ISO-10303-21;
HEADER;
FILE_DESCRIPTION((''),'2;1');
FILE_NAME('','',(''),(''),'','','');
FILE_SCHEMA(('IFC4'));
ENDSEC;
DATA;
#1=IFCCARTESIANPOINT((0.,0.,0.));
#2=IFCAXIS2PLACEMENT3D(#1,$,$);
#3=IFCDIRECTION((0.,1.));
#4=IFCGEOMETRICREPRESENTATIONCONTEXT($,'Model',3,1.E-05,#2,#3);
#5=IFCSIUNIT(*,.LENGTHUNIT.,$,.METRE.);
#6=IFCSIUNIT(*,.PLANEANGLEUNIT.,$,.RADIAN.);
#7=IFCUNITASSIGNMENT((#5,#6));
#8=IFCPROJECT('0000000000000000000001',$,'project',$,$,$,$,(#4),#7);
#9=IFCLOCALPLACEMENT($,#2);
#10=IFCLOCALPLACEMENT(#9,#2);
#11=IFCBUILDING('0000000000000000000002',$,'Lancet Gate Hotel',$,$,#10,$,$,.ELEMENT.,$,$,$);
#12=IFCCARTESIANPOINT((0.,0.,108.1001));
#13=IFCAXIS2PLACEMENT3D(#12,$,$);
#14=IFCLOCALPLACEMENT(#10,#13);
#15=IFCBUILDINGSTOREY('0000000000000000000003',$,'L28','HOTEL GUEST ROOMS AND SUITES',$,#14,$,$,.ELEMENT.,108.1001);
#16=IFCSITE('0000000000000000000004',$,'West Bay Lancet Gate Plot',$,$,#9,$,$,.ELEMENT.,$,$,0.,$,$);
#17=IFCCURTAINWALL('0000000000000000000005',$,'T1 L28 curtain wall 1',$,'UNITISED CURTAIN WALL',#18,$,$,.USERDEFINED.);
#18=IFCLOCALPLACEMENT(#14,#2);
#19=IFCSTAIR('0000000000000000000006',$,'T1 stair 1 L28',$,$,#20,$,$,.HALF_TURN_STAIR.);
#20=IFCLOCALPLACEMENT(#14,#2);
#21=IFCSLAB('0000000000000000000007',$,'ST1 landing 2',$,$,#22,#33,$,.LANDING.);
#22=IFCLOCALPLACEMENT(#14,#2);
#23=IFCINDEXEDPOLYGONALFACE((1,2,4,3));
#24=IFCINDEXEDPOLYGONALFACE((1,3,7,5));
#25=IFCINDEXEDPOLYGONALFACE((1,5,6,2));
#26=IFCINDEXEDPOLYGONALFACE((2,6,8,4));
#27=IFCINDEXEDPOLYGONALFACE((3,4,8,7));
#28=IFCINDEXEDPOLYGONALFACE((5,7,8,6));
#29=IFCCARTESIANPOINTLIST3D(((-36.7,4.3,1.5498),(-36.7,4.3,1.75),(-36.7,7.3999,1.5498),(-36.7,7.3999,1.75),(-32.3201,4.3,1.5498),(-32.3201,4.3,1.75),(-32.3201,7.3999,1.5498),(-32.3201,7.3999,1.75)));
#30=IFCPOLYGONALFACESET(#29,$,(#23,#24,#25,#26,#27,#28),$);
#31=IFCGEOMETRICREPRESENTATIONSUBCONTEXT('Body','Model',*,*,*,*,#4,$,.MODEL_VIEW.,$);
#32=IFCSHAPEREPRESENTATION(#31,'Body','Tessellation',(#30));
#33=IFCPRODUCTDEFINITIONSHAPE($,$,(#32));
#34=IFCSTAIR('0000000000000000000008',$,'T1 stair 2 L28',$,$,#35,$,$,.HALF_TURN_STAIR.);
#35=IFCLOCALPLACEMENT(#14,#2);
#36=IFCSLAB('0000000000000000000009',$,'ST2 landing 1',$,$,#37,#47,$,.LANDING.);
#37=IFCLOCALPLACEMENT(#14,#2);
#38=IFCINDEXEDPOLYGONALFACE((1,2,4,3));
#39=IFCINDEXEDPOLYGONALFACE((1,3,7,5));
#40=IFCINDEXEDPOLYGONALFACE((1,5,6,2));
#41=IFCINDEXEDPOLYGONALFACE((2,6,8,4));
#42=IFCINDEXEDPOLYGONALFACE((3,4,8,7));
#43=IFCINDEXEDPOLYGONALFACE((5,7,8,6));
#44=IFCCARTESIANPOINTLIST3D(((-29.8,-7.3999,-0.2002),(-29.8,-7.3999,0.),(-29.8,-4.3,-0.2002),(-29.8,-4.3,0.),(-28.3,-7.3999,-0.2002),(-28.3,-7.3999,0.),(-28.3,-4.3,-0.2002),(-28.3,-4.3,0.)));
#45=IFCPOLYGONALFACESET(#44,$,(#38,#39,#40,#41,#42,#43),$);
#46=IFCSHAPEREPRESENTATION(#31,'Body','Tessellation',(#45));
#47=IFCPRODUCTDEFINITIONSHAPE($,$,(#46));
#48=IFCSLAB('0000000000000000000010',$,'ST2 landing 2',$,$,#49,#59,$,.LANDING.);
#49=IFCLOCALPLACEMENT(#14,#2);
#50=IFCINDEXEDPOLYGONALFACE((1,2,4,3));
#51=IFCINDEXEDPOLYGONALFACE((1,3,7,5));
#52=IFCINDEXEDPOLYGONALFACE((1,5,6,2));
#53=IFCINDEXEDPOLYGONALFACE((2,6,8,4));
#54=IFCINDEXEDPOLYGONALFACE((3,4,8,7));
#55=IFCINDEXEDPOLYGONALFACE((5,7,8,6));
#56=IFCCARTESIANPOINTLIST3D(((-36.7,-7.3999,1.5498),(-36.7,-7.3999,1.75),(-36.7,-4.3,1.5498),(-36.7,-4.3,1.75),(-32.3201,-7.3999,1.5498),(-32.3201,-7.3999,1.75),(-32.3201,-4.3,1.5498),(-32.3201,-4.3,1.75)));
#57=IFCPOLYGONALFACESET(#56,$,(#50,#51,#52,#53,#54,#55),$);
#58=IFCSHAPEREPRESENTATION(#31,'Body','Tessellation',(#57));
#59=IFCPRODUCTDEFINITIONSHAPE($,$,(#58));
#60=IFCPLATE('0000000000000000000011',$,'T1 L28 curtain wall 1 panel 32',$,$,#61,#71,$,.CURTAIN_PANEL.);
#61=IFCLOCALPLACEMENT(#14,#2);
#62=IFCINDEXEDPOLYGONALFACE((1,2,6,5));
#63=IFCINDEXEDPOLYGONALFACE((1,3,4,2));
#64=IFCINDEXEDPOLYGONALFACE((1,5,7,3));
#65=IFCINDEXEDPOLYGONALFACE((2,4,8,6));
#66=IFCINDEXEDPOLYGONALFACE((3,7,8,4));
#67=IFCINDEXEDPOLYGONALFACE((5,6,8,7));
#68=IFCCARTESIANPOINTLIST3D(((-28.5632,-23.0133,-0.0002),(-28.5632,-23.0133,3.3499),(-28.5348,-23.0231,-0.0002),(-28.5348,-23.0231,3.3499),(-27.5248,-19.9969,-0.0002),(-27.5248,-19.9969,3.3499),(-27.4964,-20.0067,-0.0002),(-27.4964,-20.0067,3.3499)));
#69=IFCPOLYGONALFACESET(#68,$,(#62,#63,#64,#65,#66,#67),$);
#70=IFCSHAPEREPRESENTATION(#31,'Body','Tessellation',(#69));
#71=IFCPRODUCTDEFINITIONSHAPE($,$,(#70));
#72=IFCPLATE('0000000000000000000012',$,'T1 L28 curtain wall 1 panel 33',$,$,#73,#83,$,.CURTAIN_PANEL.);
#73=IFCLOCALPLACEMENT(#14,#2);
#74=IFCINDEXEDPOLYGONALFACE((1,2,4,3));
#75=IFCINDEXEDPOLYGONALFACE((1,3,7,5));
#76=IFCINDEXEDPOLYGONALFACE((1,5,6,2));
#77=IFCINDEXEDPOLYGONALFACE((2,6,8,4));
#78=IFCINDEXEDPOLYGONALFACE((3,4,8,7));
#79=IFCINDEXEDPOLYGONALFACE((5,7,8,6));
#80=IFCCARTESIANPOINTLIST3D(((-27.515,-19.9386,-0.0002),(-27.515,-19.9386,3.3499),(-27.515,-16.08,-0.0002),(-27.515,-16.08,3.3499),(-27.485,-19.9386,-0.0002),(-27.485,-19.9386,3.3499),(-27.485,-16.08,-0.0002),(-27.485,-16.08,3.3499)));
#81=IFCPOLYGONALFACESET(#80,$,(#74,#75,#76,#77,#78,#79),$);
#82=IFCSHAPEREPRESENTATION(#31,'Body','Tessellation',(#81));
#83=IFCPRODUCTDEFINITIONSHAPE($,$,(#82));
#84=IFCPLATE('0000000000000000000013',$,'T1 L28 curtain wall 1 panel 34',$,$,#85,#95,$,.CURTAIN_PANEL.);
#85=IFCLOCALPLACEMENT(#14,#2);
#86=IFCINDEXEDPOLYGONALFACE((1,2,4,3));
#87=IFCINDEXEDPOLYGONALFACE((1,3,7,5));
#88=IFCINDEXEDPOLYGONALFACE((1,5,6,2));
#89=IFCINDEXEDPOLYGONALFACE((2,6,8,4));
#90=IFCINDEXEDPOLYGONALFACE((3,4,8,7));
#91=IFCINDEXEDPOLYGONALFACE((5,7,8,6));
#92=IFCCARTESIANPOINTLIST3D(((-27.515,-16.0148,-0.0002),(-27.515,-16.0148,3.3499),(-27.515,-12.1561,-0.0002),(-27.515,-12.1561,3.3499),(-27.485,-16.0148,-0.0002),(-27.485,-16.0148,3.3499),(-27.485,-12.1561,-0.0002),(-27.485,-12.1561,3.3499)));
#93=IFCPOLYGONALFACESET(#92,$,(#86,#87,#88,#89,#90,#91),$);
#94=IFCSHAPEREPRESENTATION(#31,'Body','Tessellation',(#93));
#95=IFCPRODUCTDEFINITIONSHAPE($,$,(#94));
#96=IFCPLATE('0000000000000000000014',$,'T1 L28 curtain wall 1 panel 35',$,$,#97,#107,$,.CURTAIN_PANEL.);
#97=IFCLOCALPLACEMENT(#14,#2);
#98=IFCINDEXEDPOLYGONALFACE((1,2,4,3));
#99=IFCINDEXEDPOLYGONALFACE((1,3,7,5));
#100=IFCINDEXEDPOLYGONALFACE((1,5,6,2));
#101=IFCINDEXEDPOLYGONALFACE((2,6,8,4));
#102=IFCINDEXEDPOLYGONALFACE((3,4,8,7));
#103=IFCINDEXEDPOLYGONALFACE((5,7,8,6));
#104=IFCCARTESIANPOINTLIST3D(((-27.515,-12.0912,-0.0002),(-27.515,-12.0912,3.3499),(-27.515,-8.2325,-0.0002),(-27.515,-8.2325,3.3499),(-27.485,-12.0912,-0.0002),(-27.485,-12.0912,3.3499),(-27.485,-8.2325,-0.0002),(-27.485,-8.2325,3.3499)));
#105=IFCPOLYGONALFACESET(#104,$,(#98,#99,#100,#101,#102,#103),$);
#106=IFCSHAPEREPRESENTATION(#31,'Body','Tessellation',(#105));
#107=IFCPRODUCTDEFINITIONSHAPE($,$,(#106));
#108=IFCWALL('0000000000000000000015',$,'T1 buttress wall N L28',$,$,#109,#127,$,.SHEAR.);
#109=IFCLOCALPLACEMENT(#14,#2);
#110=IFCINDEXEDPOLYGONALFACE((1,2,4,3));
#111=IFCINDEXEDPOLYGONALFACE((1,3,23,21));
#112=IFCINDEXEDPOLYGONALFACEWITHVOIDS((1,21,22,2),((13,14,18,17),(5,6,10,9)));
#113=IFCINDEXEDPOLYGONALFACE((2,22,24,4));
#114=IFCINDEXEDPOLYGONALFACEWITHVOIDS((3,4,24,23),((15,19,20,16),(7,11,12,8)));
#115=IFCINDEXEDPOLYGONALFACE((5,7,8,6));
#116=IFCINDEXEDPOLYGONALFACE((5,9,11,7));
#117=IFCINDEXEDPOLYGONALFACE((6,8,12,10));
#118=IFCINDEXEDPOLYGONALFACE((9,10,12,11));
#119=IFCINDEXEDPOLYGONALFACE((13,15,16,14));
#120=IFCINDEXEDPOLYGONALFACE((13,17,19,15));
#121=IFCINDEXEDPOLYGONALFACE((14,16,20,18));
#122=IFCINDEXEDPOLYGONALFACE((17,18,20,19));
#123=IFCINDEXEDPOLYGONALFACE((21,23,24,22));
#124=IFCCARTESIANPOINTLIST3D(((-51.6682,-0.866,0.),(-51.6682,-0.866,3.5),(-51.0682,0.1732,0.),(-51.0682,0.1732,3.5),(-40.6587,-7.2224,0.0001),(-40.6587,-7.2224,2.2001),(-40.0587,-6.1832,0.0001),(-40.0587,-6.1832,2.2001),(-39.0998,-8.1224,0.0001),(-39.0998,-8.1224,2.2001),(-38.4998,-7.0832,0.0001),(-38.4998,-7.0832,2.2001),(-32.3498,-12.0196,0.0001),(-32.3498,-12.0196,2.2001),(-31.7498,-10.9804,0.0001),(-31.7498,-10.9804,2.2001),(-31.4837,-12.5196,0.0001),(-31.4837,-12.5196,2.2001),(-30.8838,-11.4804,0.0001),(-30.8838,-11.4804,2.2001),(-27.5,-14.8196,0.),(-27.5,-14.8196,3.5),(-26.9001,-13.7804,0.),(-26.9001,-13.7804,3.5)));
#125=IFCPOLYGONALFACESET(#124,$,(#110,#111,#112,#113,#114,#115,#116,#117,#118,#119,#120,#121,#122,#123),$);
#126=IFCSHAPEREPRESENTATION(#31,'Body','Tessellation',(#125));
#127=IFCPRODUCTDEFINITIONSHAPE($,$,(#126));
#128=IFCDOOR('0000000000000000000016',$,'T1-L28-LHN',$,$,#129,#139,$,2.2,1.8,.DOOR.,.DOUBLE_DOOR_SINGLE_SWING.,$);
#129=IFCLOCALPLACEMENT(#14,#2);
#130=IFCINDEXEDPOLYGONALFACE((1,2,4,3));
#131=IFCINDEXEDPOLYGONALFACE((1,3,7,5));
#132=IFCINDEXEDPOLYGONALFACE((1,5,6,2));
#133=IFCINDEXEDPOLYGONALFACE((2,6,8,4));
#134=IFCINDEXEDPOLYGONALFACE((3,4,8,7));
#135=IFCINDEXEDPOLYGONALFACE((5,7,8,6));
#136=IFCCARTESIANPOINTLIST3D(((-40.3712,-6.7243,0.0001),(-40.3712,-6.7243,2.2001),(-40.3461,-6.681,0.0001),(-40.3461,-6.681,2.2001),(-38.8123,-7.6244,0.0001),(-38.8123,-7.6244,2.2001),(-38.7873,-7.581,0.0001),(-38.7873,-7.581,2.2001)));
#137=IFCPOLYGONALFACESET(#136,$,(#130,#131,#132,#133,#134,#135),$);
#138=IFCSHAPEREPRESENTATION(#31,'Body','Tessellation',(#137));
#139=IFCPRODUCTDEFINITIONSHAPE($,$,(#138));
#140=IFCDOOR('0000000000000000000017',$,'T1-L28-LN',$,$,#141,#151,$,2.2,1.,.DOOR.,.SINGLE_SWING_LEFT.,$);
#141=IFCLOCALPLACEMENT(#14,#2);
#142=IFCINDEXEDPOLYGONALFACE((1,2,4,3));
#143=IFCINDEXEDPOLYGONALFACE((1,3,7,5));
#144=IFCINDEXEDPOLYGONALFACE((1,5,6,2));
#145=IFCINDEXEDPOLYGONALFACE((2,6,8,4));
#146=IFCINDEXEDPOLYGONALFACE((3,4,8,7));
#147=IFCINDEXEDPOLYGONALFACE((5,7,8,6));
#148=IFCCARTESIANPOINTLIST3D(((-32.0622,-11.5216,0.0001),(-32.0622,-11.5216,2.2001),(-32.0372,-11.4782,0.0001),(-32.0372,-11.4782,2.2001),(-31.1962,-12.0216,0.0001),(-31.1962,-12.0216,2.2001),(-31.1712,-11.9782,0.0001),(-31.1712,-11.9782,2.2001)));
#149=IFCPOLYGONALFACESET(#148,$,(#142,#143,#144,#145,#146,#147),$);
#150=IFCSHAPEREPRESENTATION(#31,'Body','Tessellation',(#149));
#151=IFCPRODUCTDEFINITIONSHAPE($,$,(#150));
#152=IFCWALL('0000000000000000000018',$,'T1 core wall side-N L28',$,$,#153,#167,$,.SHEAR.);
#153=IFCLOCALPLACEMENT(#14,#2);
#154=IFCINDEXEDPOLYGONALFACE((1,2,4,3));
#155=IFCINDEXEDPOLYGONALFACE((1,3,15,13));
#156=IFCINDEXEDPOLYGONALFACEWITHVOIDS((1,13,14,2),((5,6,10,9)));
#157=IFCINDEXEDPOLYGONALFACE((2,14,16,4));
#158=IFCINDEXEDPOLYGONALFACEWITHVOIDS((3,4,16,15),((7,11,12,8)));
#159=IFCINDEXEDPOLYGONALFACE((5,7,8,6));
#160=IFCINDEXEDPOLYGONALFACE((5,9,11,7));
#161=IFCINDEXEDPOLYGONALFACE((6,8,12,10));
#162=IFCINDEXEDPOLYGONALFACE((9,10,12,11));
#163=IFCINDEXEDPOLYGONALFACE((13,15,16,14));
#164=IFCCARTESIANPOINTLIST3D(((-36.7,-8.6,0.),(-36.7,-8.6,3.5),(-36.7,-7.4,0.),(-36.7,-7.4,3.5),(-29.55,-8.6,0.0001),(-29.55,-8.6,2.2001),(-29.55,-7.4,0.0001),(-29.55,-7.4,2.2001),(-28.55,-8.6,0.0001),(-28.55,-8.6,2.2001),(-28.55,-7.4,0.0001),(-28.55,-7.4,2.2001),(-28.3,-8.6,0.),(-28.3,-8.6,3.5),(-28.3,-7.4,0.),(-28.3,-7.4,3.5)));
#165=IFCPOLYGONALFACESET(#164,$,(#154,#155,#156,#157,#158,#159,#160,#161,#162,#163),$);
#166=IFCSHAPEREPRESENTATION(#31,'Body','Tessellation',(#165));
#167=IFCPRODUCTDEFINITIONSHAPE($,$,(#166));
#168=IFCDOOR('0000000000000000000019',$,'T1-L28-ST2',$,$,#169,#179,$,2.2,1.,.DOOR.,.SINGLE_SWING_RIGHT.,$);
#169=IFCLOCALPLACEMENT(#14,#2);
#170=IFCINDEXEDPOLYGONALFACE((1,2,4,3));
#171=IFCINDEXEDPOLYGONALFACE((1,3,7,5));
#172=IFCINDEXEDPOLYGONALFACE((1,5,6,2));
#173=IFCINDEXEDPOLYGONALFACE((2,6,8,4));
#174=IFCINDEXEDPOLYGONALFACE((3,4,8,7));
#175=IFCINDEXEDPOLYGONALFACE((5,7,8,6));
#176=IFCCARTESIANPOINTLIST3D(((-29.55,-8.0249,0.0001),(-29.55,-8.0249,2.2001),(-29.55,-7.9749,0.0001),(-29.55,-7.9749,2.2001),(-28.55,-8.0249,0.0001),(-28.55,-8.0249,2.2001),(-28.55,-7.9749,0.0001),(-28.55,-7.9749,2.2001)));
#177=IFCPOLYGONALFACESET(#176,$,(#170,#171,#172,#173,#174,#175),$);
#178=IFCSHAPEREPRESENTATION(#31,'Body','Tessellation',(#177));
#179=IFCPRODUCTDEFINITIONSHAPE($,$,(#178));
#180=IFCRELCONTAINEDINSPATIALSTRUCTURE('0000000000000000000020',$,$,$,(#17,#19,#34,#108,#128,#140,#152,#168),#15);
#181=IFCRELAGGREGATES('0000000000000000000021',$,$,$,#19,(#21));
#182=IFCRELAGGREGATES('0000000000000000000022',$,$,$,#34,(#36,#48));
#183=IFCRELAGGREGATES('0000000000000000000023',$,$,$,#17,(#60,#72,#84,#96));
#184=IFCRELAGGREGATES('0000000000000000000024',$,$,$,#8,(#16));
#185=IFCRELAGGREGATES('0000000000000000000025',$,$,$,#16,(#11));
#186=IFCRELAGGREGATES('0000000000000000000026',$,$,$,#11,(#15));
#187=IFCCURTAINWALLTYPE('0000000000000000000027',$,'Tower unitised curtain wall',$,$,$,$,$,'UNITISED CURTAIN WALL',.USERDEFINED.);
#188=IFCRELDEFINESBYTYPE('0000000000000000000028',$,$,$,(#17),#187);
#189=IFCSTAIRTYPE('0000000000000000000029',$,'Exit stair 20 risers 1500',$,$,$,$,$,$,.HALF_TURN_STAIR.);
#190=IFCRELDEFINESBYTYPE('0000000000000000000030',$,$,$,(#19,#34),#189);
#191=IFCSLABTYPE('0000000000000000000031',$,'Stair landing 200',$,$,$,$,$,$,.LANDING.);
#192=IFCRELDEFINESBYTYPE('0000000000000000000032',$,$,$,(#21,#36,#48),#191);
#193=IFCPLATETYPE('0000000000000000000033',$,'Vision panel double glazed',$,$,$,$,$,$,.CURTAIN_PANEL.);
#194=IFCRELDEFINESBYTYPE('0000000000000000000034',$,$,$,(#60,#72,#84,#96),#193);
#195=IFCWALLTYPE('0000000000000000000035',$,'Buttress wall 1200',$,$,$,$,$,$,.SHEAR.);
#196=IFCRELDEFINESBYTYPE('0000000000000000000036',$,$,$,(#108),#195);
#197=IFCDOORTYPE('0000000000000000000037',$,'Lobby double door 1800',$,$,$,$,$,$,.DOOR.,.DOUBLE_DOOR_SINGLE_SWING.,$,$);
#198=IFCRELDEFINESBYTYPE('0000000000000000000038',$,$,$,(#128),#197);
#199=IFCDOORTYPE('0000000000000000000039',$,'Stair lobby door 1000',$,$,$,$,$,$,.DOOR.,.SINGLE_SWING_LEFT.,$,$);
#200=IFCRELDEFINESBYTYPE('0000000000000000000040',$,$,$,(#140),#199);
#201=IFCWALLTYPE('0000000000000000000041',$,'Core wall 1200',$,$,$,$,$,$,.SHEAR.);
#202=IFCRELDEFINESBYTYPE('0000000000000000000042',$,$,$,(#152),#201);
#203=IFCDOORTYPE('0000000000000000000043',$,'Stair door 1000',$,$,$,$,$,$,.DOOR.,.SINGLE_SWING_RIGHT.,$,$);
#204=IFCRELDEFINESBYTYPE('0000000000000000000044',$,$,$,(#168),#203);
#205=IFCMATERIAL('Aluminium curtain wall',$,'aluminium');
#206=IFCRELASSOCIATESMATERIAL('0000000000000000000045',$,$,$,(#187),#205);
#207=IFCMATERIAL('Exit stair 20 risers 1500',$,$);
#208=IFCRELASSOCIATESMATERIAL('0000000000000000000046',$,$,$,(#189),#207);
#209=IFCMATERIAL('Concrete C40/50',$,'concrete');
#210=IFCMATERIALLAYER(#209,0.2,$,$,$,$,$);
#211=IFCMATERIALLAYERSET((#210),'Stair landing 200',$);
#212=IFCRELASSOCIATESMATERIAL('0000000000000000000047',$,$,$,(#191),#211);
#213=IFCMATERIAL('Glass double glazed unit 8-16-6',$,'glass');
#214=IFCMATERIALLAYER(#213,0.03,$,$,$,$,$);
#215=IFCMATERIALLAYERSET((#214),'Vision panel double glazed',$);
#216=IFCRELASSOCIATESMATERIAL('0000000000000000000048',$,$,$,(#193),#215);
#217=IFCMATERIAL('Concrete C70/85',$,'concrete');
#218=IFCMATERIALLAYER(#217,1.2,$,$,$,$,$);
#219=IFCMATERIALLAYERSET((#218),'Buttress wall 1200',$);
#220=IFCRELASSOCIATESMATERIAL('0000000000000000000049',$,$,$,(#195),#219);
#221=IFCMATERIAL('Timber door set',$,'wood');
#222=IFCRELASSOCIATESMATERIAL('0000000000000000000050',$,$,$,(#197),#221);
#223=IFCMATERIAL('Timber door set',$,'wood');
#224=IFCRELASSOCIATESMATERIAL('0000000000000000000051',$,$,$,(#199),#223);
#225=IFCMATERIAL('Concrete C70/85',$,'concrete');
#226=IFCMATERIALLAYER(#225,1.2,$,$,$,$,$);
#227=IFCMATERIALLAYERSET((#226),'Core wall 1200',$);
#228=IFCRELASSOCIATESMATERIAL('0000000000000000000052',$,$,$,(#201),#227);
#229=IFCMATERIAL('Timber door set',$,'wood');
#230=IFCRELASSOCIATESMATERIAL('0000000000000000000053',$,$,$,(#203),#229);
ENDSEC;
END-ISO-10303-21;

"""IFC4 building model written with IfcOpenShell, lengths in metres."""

from ifc_helpers import new_model, si_unit, direction, frame, frame_2d, origin, origin_2d, place, context, subcontext, project, spatial, polyline, rectangle, outline, extrude, material, layer, layer_set, type_object, element, fill, aggregate, save


model = new_model("IFC4")

# Units and contexts
model_context = context("Model", 3, precision=1e-05, world=origin(), true_north=direction((0.0, 1.0)))
body_context = subcontext(model_context, "Body", "Model", "MODEL_VIEW")
ifc_project = project(units=[si_unit("LENGTHUNIT", "METRE"), si_unit("PLANEANGLEUNIT", "RADIAN")], contexts=[model_context])

# Site, building, storey
site_placement = place(None, origin())
site = spatial("IfcSite", under=ifc_project, at=site_placement, Name="West Bay Lancet Gate Plot", CompositionType="ELEMENT", RefElevation=0.0)
building_placement = place(site_placement, origin())
building = spatial("IfcBuilding", under=site, at=building_placement, Name="Lancet Gate Hotel", CompositionType="ELEMENT")
storey_placement = place(building_placement, frame((0.0, 0.0, 108.1001)))
storey = spatial("IfcBuildingStorey", under=building, at=storey_placement, Name="L28", Description="HOTEL GUEST ROOMS AND SUITES", CompositionType="ELEMENT", Elevation=108.1001)

# Curtain wall
ifc_material_1 = material(Name="Aluminium curtain wall", Category="aluminium")
curtain_wall_type = type_object("IfcCurtainWallType", Name="Tower unitised curtain wall", ElementType="UNITISED CURTAIN WALL", PredefinedType="USERDEFINED", material=ifc_material_1)
curtain_wall_placement = place(storey_placement, origin())
curtain_wall = element("IfcCurtainWall", 1, at=curtain_wall_placement, inside=storey, type_object=curtain_wall_type, Name="T1 L28 curtain wall 1", ObjectType="UNITISED CURTAIN WALL", PredefinedType="USERDEFINED")

# Stairs, slabs
ifc_material_2 = material(Name="Exit stair 20 risers 1500")
stair_type = type_object("IfcStairType", Name="Exit stair 20 risers 1500", PredefinedType="HALF_TURN_STAIR", material=ifc_material_2)
stair_1_placement = place(storey_placement, origin())
stair_1 = element("IfcStair", 2, at=stair_1_placement, inside=storey, type_object=stair_type, Name="T1 stair 1 L28", PredefinedType="HALF_TURN_STAIR")
ifc_material_3 = material(Name="Concrete C40/50", Category="concrete")
ifc_layer_1 = layer(ifc_material_3, 0.2)
ifc_layer_set_1 = layer_set([ifc_layer_1], Name="Stair landing 200")
slab_type_1 = type_object("IfcSlabType", Name="Stair landing 200", PredefinedType="LANDING", material=ifc_layer_set_1)
slab_1_placement = place(storey_placement, frame((0.0, 0.0, 1.5498)))
slab_1 = element("IfcSlab", 3, at=slab_1_placement, type_object=slab_type_1, Name="ST1 landing 2", PredefinedType="LANDING", context=body_context, shape_type="SweptSolid", body=[
    extrude(outline(polyline([(-32.3201, 7.3999), (-36.7, 7.3999), (-36.7, 4.3), (-32.3201, 4.3), (-32.3201, 7.3999)])), origin(), (0.0, 0.0, 1.0), 0.2002),
])
aggregate(stair_1, [slab_1])
stair_2_placement = place(storey_placement, origin())
stair_2 = element("IfcStair", 4, at=stair_2_placement, inside=storey, type_object=stair_type, Name="T1 stair 2 L28", PredefinedType="HALF_TURN_STAIR")
slab_2_placement = place(storey_placement, frame((0.0, 0.0, -0.2002)))
slab_2 = element("IfcSlab", 5, at=slab_2_placement, type_object=slab_type_1, Name="ST2 landing 1", PredefinedType="LANDING", context=body_context, shape_type="SweptSolid", body=[
    extrude(outline(polyline([(-28.3, -4.3), (-29.8, -4.3), (-29.8, -7.3999), (-28.3, -7.3999), (-28.3, -4.3)])), origin(), (0.0, 0.0, 1.0), 0.2002),
])
slab_3_placement = place(storey_placement, frame((0.0, 0.0, 1.5498)))
slab_3 = element("IfcSlab", 6, at=slab_3_placement, type_object=slab_type_1, Name="ST2 landing 2", PredefinedType="LANDING", context=body_context, shape_type="SweptSolid", body=[
    extrude(outline(polyline([(-32.3201, -4.3), (-36.7, -4.3), (-36.7, -7.3999), (-32.3201, -7.3999), (-32.3201, -4.3)])), origin(), (0.0, 0.0, 1.0), 0.2002),
])
aggregate(stair_2, [slab_2, slab_3])

# Plates
ifc_material_4 = material(Name="Glass double glazed unit 8-16-6", Category="glass")
ifc_layer_2 = layer(ifc_material_4, 0.03)
ifc_layer_set_2 = layer_set([ifc_layer_2], Name="Vision panel double glazed")
plate_type = type_object("IfcPlateType", Name="Vision panel double glazed", PredefinedType="CURTAIN_PANEL", material=ifc_layer_set_2)
plate_1_placement = place(storey_placement, frame((-28.0298, -21.51, -0.0002), z_axis=(0.0, 0.0, 1.0), x_axis=(0.325516, 0.945537, 0.0)))
plate_1 = element("IfcPlate", 7, at=plate_1_placement, type_object=plate_type, Name="T1 L28 curtain wall 1 panel 32", PredefinedType="CURTAIN_PANEL", context=body_context, shape_type="SweptSolid", body=[
    extrude(rectangle(XDim=3.1902, YDim=0.03, at=origin_2d()), origin(), (0.0, 0.0, 1.0), 3.3501),
])
plate_2_placement = place(storey_placement, frame((-27.5, -18.0093, -0.0002), z_axis=(0.0, 0.0, 1.0), x_axis=(0.0, 1.0, 0.0)))
plate_2 = element("IfcPlate", 8, at=plate_2_placement, type_object=plate_type, Name="T1 L28 curtain wall 1 panel 33", PredefinedType="CURTAIN_PANEL", context=body_context, shape_type="SweptSolid", body=[
    extrude(rectangle(XDim=3.8586, YDim=0.03, at=origin_2d()), origin(), (0.0, 0.0, 1.0), 3.3501),
])
plate_3_placement = place(storey_placement, frame((-27.5, -14.0854, -0.0002), z_axis=(0.0, 0.0, 1.0), x_axis=(0.0, 1.0, 0.0)))
plate_3 = element("IfcPlate", 9, at=plate_3_placement, type_object=plate_type, Name="T1 L28 curtain wall 1 panel 34", PredefinedType="CURTAIN_PANEL", context=body_context, shape_type="SweptSolid", body=[
    extrude(rectangle(XDim=3.8586, YDim=0.03, at=origin_2d()), origin(), (0.0, 0.0, 1.0), 3.3501),
])
plate_4_placement = place(storey_placement, frame((-27.5, -10.1619, -0.0002), z_axis=(0.0, 0.0, 1.0), x_axis=(0.0, 1.0, 0.0)))
plate_4 = element("IfcPlate", 10, at=plate_4_placement, type_object=plate_type, Name="T1 L28 curtain wall 1 panel 35", PredefinedType="CURTAIN_PANEL", context=body_context, shape_type="SweptSolid", body=[
    extrude(rectangle(XDim=3.8586, YDim=0.03, at=origin_2d()), origin(), (0.0, 0.0, 1.0), 3.3501),
])
aggregate(curtain_wall, [plate_1, plate_2, plate_3, plate_4])

# Wall, openings, doors
ifc_material_5 = material(Name="Concrete C70/85", Category="concrete")
ifc_layer_3 = layer(ifc_material_5, 1.2)
ifc_layer_set_3 = layer_set([ifc_layer_3], Name="Buttress wall 1200")
wall_type_1 = type_object("IfcWallType", Name="Buttress wall 1200", PredefinedType="SHEAR", material=ifc_layer_set_3)
wall_1_placement = place(storey_placement, frame((-27.2, -14.3, 0.0), z_axis=(0.0, 0.0, 1.0), x_axis=(-0.866024, 0.500002, 0.0)))
wall_1 = element("IfcWall", 11, at=wall_1_placement, inside=storey, type_object=wall_type_1, Name="T1 buttress wall N L28", PredefinedType="SHEAR", context=body_context, shape_type="SweptSolid", body=[
    extrude(rectangle(XDim=27.907, YDim=1.2, at=frame_2d((13.9536, 0.0))), origin(), (0.0, 0.0, 1.0), 3.5),
])
opening_1_placement = place(wall_1_placement, frame((4.6001, 0.0, 0.0)))
opening_1 = element("IfcOpeningElement", 12, at=opening_1_placement, cuts=wall_1, PredefinedType="OPENING", context=body_context, shape_type="SweptSolid", body=[
    extrude(rectangle(XDim=1.0, YDim=2.2, at=frame_2d((0.5, 1.1001))), frame((0.0, 0.6099, 0.0), z_axis=(0.0, -1.0, 0.0), x_axis=(1.0, 0.0, 0.0)), (0.0, 0.0, 1.0), 1.22),
])
opening_2_placement = place(wall_1_placement, frame((13.3945, 0.0, 0.0)))
opening_2 = element("IfcOpeningElement", 13, at=opening_2_placement, cuts=wall_1, PredefinedType="OPENING", context=body_context, shape_type="SweptSolid", body=[
    extrude(rectangle(XDim=1.8, YDim=2.2, at=frame_2d((0.8999, 1.1001))), frame((0.0, 0.6099, 0.0), z_axis=(0.0, -1.0, 0.0), x_axis=(1.0, 0.0, 0.0)), (0.0, 0.0, 1.0), 1.22),
])
ifc_material_6 = material(Name="Timber door set", Category="wood")
door_type_1 = type_object("IfcDoorType", Name="Lobby double door 1800", OperationType="DOUBLE_DOOR_SINGLE_SWING", PredefinedType="DOOR", material=ifc_material_6)
door_1_placement = place(opening_2_placement, origin())
door_1 = element("IfcDoor", 14, at=door_1_placement, inside=storey, type_object=door_type_1, Name="T1-L28-LHN", OperationType="DOUBLE_DOOR_SINGLE_SWING", OverallHeight=2.2, OverallWidth=1.8, PredefinedType="DOOR", context=body_context, shape_type="SweptSolid", body=[
    extrude(rectangle(XDim=1.8, YDim=2.2, at=frame_2d((0.8999, 1.1001))), frame((0.0, 0.0249, 0.0), z_axis=(0.0, -1.0, 0.0), x_axis=(1.0, 0.0, 0.0)), (0.0, 0.0, 1.0), 0.05),
])
fill(opening_2, door_1)
ifc_material_7 = material(Name="Timber door set", Category="wood")
door_type_2 = type_object("IfcDoorType", Name="Stair lobby door 1000", OperationType="SINGLE_SWING_LEFT", PredefinedType="DOOR", material=ifc_material_7)
door_2_placement = place(opening_1_placement, origin())
door_2 = element("IfcDoor", 15, at=door_2_placement, inside=storey, type_object=door_type_2, Name="T1-L28-LN", OperationType="SINGLE_SWING_LEFT", OverallHeight=2.2, OverallWidth=1.0, PredefinedType="DOOR", context=body_context, shape_type="SweptSolid", body=[
    extrude(rectangle(XDim=1.0, YDim=2.2, at=frame_2d((0.5, 1.1001))), frame((0.0, 0.0249, 0.0), z_axis=(0.0, -1.0, 0.0), x_axis=(1.0, 0.0, 0.0)), (0.0, 0.0, 1.0), 0.05),
])
fill(opening_1, door_2)

# Wall, opening, door
ifc_material_8 = material(Name="Concrete C70/85", Category="concrete")
ifc_layer_4 = layer(ifc_material_8, 1.2)
ifc_layer_set_4 = layer_set([ifc_layer_4], Name="Core wall 1200")
wall_type_2 = type_object("IfcWallType", Name="Core wall 1200", PredefinedType="SHEAR", material=ifc_layer_set_4)
wall_2_placement = place(storey_placement, frame((-28.3, -8.0, 0.0), z_axis=(0.0, 0.0, 1.0), x_axis=(-1.0, 0.0, 0.0)))
wall_2 = element("IfcWall", 16, at=wall_2_placement, inside=storey, type_object=wall_type_2, Name="T1 core wall side-N L28", PredefinedType="SHEAR", context=body_context, shape_type="SweptSolid", body=[
    extrude(rectangle(XDim=8.3999, YDim=1.2, at=frame_2d((4.2, 0.0))), origin(), (0.0, 0.0, 1.0), 3.5),
])
opening_3_placement = place(wall_2_placement, frame((0.25, 0.0, 0.0)))
opening_3 = element("IfcOpeningElement", 17, at=opening_3_placement, cuts=wall_2, PredefinedType="OPENING", context=body_context, shape_type="SweptSolid", body=[
    extrude(rectangle(XDim=1.0, YDim=2.2, at=frame_2d((0.5, 1.1001))), frame((0.0, 0.6099, 0.0), z_axis=(0.0, -1.0, 0.0), x_axis=(1.0, 0.0, 0.0)), (0.0, 0.0, 1.0), 1.22),
])
ifc_material_9 = material(Name="Timber door set", Category="wood")
door_type_3 = type_object("IfcDoorType", Name="Stair door 1000", OperationType="SINGLE_SWING_RIGHT", PredefinedType="DOOR", material=ifc_material_9)
door_3_placement = place(opening_3_placement, origin())
door_3 = element("IfcDoor", 18, at=door_3_placement, inside=storey, type_object=door_type_3, Name="T1-L28-ST2", OperationType="SINGLE_SWING_RIGHT", OverallHeight=2.2, OverallWidth=1.0, PredefinedType="DOOR", context=body_context, shape_type="SweptSolid", body=[
    extrude(rectangle(XDim=1.0, YDim=2.2, at=frame_2d((0.5, 1.1001))), frame((0.0, 0.0249, 0.0), z_axis=(0.0, -1.0, 0.0), x_axis=(1.0, 0.0, 0.0)), (0.0, 0.0, 1.0), 0.05),
])
fill(opening_3, door_3)

save(model, "model.ifc")
